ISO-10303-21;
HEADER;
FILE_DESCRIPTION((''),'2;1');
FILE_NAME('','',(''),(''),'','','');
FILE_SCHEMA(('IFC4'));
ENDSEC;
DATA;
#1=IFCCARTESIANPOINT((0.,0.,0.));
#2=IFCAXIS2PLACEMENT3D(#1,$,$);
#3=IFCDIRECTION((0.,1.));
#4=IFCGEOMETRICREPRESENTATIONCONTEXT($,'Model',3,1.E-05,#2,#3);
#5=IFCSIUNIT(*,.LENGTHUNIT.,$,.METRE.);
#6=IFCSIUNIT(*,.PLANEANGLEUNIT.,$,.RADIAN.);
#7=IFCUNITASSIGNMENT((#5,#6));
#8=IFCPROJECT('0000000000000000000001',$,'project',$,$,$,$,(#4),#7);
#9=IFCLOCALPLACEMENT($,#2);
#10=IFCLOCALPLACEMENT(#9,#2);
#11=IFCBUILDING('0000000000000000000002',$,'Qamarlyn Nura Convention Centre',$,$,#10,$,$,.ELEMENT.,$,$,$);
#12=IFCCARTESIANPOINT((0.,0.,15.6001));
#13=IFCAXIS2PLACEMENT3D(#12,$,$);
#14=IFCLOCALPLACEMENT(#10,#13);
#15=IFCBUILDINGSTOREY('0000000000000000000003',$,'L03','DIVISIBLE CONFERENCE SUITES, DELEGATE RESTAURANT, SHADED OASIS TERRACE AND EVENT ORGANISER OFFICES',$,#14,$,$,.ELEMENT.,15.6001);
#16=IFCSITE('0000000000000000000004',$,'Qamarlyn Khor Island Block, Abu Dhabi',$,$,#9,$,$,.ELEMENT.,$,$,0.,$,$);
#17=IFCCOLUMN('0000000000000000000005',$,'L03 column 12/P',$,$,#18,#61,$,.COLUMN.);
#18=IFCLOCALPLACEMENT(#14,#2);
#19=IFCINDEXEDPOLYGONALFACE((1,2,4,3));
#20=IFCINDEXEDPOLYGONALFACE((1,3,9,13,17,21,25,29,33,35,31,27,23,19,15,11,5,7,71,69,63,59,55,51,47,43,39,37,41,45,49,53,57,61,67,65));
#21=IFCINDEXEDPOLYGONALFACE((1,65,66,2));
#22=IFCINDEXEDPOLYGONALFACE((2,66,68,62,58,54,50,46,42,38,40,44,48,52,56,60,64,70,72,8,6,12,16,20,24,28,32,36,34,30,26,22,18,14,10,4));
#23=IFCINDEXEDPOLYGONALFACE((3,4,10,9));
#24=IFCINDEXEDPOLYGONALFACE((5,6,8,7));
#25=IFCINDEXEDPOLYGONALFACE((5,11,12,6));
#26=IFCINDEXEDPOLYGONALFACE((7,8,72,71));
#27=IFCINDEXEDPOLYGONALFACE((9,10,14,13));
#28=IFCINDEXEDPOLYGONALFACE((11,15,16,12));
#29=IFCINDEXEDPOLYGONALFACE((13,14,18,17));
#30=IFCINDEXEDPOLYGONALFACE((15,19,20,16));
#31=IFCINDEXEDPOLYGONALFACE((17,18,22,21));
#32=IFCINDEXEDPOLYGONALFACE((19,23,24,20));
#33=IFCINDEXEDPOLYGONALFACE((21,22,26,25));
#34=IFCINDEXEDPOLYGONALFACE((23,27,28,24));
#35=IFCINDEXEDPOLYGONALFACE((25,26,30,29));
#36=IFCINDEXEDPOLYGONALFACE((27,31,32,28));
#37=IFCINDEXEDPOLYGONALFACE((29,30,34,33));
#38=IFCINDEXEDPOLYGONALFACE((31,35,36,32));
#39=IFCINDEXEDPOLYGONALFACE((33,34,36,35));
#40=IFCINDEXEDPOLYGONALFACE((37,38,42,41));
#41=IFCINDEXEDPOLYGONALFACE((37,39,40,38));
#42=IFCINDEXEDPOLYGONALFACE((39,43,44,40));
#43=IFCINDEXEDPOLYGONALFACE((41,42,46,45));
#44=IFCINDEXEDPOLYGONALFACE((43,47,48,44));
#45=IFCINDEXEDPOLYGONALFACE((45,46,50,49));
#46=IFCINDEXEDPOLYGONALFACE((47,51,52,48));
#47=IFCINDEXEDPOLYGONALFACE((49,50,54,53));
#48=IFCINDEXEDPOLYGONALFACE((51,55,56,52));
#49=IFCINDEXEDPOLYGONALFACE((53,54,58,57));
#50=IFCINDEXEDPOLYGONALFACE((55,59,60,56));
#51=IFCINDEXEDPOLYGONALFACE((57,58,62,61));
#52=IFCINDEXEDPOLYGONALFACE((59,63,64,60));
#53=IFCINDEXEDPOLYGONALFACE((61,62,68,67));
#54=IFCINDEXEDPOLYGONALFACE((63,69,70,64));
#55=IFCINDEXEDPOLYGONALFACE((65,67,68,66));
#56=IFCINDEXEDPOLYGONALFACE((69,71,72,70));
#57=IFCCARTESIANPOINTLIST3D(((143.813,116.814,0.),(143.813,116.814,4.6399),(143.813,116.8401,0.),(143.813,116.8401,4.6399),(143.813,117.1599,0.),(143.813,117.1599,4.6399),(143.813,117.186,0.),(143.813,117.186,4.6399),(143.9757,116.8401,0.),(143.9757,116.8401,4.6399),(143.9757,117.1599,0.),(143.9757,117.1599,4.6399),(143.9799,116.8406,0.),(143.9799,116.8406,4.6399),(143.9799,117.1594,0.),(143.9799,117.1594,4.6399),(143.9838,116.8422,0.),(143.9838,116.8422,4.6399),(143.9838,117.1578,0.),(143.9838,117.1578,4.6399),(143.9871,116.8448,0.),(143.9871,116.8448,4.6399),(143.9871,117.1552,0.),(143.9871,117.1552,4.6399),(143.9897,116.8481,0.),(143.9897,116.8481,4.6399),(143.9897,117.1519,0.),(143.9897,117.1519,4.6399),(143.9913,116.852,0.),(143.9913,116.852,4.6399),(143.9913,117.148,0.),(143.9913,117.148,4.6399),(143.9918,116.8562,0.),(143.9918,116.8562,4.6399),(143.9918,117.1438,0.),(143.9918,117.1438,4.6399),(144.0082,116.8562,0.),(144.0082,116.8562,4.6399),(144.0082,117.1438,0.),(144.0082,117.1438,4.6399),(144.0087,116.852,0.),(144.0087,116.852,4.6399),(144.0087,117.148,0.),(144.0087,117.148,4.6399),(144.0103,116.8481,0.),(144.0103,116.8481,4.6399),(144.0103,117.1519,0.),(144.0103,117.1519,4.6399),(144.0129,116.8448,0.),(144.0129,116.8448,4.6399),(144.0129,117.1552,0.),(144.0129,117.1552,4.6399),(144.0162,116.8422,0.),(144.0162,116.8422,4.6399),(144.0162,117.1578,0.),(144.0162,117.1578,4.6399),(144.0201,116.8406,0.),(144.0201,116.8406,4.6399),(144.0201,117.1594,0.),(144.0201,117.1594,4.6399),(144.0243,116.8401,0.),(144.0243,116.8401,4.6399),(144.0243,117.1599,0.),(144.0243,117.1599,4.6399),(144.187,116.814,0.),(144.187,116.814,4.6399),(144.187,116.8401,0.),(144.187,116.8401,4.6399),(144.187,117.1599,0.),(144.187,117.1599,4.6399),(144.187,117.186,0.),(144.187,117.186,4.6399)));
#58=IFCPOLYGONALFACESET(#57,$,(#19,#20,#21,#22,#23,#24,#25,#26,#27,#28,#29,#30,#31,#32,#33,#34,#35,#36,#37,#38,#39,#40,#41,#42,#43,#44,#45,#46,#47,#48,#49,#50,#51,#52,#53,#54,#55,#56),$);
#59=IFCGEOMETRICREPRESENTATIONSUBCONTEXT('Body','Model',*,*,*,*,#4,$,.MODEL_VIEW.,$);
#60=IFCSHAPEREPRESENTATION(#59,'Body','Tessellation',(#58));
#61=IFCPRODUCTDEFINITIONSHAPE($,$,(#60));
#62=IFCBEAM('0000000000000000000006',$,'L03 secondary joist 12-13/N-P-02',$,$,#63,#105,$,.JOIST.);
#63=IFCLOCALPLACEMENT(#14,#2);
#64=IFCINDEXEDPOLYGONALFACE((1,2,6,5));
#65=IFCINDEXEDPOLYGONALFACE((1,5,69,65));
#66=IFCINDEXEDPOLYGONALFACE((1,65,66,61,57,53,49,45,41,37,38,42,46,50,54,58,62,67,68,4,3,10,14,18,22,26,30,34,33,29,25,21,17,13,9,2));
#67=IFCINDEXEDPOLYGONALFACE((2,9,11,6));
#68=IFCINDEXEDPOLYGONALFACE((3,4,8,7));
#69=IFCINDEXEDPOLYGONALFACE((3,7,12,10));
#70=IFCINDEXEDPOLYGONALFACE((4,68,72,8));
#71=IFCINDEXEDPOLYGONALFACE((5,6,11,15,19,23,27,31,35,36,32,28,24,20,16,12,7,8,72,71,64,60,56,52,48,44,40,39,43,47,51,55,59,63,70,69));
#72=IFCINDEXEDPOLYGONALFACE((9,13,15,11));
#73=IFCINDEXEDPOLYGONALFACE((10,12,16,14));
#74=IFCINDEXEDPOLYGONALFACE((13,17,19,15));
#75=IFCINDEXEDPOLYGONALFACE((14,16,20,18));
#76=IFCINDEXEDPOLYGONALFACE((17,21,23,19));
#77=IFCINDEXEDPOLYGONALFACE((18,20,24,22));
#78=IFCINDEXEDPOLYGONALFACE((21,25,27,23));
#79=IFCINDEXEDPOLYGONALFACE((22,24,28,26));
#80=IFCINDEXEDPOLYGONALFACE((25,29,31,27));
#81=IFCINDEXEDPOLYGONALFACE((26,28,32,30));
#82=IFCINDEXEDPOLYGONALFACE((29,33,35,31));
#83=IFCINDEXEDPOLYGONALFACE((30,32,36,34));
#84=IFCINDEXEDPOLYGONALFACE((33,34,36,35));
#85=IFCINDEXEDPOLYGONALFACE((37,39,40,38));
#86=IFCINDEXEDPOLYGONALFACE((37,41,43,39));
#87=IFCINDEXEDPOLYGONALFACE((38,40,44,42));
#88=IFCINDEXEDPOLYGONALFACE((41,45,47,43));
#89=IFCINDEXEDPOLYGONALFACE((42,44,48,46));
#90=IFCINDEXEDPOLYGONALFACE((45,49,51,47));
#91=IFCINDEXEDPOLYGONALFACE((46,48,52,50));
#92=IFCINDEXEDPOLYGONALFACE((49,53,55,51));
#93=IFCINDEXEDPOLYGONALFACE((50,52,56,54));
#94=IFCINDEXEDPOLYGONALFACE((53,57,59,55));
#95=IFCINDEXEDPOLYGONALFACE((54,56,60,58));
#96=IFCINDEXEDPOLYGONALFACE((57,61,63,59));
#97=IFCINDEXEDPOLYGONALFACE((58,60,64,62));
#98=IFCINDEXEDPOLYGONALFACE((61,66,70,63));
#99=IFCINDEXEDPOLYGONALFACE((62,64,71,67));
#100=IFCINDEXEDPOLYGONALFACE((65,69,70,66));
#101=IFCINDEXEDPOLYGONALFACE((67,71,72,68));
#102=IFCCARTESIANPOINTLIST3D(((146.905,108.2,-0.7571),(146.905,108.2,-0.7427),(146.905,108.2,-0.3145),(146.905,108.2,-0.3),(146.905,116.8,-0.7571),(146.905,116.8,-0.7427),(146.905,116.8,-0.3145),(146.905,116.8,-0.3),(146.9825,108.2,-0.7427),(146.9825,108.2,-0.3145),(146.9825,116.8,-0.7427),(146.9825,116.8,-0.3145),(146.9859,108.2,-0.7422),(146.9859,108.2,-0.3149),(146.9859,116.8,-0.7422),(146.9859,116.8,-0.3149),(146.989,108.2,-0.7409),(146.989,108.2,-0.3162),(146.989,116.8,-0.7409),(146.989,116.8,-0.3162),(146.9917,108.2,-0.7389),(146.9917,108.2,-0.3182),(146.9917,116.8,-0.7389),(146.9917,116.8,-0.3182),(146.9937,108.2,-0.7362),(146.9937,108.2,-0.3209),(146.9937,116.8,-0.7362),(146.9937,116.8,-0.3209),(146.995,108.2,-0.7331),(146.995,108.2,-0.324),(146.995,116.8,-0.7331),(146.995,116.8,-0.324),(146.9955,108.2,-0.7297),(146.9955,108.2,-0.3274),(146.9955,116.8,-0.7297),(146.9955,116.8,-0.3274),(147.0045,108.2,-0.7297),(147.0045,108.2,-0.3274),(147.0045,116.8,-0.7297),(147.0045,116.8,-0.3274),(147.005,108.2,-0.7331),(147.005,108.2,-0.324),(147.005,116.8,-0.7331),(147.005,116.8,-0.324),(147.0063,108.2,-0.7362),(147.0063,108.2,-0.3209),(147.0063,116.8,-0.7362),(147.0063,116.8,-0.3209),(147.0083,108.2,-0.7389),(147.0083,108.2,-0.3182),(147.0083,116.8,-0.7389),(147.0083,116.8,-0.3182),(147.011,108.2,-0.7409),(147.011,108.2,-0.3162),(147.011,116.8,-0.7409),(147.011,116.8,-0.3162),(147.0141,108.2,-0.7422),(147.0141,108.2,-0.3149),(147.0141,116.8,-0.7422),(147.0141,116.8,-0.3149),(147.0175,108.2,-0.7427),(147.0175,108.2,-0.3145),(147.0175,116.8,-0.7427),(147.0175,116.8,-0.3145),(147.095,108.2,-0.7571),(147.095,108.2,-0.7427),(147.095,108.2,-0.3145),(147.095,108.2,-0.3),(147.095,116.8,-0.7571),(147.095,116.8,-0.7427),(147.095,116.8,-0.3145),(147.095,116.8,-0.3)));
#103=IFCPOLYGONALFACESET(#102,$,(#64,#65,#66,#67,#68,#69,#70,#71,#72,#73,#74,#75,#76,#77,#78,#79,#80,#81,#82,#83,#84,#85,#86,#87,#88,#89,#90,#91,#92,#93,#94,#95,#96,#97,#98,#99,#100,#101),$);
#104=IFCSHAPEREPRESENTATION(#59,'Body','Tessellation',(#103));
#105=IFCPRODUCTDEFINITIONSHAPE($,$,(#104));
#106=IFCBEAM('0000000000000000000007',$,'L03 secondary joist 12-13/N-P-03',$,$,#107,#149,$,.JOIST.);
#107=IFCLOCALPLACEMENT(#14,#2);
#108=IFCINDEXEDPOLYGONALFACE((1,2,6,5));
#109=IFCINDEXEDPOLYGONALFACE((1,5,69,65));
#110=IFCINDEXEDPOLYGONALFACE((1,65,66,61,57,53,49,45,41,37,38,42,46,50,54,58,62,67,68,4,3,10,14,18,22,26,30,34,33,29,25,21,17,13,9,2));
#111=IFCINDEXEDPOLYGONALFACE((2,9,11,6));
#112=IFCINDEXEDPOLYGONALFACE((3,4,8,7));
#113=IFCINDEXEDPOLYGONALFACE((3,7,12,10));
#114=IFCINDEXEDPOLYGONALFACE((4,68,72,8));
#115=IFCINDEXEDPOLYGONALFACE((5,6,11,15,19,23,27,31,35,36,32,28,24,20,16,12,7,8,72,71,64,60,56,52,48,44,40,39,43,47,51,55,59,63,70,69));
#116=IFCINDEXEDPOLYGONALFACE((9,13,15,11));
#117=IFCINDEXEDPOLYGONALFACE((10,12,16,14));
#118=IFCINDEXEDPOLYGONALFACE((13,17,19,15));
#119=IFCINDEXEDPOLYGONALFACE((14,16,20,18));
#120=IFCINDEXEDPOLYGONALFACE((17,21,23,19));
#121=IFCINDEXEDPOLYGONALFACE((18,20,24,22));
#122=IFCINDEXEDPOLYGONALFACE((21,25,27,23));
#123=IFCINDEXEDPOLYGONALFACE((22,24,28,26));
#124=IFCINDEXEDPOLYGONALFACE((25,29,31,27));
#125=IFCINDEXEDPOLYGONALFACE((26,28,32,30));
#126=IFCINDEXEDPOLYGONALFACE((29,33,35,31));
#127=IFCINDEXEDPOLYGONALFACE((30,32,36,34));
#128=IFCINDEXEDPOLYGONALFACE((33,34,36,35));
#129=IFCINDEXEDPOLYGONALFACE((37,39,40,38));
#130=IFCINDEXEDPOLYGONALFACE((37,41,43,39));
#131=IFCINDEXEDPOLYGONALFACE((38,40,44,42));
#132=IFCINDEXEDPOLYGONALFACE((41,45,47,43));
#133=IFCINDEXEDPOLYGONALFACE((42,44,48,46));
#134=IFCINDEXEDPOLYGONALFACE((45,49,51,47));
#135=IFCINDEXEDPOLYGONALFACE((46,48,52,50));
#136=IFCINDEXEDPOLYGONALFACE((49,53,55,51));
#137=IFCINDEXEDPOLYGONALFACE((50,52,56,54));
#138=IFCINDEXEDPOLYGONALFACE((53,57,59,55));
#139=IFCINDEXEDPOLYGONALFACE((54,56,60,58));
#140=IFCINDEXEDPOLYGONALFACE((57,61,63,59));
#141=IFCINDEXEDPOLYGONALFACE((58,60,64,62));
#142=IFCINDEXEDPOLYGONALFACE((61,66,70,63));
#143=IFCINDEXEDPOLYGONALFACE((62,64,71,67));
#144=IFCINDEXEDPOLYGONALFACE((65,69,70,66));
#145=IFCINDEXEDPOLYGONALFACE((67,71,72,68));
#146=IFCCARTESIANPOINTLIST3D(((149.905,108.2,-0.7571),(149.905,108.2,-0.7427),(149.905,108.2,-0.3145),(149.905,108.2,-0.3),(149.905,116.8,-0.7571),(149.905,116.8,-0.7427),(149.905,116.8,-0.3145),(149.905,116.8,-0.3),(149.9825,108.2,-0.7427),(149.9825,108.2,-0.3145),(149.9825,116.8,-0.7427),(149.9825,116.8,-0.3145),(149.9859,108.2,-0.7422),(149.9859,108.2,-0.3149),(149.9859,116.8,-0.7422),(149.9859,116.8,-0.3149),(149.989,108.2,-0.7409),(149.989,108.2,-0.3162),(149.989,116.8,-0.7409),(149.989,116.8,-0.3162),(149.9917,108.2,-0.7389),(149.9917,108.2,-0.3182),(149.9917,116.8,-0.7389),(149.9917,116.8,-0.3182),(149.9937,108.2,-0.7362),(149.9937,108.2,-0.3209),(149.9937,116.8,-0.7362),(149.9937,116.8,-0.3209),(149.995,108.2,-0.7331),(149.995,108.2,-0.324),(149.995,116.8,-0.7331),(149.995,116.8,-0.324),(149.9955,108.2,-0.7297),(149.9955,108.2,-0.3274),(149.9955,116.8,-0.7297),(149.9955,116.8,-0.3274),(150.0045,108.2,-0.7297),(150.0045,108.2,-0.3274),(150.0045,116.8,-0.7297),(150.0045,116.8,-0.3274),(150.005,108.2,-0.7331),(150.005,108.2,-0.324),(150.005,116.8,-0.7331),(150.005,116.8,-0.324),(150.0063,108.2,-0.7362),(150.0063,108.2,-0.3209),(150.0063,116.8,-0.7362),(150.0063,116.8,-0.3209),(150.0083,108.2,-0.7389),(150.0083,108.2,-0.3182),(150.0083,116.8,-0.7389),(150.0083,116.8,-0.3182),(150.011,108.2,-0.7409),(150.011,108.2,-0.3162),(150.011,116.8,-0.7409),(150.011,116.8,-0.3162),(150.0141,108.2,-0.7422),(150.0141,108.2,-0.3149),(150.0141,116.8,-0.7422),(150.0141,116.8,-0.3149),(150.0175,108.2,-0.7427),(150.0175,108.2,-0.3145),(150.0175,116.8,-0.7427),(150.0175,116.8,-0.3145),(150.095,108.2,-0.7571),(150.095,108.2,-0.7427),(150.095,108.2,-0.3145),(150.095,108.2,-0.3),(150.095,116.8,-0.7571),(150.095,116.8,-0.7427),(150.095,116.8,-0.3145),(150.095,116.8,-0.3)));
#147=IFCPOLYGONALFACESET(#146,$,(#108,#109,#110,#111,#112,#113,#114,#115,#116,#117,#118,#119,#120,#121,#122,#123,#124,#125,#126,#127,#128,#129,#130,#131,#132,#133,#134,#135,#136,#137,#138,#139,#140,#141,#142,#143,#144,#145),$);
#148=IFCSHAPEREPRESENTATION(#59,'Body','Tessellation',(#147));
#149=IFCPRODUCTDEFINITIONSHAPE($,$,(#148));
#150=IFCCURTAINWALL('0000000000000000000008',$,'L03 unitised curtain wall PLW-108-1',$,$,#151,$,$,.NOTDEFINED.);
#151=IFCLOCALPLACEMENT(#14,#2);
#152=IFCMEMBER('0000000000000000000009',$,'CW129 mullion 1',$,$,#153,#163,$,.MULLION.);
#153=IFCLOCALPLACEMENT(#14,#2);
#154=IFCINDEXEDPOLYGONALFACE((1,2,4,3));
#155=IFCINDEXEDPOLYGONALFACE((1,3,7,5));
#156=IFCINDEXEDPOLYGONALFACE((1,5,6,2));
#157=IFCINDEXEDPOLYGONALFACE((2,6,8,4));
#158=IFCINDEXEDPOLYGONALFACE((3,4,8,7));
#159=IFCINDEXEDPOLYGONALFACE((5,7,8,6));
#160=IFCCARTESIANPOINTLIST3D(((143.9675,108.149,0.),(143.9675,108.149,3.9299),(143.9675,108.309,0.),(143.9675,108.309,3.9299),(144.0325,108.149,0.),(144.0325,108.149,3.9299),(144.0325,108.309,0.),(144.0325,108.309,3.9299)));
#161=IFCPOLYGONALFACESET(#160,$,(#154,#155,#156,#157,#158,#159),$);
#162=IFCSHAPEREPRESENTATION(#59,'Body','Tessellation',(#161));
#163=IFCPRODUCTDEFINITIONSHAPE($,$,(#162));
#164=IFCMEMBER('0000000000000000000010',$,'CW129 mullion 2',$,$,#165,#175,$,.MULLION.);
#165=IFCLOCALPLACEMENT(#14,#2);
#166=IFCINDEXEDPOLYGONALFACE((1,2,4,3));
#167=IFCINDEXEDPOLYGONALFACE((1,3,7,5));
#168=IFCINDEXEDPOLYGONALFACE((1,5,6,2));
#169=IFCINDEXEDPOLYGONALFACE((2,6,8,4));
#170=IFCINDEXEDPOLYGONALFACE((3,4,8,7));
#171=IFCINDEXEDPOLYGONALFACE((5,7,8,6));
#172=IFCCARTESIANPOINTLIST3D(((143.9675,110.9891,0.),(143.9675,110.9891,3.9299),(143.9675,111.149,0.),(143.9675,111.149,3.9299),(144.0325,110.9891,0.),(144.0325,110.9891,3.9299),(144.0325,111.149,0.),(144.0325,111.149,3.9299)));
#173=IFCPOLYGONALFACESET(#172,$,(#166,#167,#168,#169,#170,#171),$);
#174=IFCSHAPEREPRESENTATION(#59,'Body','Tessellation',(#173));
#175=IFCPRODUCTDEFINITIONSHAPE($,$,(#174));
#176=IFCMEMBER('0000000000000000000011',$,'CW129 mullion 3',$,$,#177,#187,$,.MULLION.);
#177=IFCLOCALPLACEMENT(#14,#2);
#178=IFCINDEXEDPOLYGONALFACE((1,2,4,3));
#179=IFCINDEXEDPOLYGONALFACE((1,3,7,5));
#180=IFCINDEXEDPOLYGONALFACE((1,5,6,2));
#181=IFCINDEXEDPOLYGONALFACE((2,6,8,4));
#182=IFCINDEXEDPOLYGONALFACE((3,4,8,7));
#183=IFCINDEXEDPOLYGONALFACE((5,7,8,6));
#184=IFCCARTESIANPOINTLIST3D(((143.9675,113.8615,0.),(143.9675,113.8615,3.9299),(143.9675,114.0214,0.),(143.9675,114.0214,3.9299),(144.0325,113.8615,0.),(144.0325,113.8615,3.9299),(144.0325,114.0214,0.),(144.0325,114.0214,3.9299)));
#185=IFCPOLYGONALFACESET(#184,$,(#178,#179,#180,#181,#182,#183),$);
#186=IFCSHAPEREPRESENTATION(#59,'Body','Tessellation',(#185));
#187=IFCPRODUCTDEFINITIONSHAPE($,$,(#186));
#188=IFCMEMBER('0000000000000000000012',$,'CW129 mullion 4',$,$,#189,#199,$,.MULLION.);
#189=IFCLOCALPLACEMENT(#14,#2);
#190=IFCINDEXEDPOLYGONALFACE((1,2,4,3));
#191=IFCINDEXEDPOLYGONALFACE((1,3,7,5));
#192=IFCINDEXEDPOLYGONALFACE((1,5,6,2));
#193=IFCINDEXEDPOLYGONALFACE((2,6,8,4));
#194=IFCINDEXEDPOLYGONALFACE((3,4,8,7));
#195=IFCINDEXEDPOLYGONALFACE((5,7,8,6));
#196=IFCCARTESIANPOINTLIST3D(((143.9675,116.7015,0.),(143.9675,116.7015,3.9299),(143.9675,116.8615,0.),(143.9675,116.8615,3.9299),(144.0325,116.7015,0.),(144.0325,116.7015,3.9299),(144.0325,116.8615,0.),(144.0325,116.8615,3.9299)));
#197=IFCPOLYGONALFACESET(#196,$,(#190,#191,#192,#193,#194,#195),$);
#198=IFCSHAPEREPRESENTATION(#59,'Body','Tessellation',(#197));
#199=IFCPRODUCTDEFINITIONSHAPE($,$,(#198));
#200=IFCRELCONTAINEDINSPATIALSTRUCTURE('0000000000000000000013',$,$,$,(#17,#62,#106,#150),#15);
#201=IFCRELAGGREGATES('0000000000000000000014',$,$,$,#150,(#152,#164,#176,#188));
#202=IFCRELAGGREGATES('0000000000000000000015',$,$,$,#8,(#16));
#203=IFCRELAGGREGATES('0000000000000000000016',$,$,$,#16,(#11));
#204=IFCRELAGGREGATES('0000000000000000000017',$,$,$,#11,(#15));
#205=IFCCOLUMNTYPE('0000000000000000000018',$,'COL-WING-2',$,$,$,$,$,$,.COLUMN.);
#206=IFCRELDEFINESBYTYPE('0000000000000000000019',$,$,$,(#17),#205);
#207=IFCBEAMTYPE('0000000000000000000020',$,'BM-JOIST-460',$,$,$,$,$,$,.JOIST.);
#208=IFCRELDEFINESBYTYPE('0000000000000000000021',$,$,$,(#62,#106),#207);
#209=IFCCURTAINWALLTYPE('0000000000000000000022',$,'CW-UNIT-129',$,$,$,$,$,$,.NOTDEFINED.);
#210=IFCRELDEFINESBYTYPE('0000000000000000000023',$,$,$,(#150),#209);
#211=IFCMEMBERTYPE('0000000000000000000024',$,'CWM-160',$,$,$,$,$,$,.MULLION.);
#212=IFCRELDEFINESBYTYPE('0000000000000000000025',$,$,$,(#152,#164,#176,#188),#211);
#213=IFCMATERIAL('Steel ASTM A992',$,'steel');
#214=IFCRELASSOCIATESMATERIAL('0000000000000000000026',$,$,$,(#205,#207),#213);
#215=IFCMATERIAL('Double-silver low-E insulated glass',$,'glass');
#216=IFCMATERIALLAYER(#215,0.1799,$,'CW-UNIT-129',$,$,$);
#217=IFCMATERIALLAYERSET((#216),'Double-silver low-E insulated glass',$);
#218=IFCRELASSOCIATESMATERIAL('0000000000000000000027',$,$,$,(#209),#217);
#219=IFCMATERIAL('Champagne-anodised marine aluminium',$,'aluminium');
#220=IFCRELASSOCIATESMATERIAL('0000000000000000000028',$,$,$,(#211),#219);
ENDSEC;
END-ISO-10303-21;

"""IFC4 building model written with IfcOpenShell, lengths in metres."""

from ifc_helpers import new_model, si_unit, direction, frame, origin, origin_2d, place, context, subcontext, project, spatial, rectangle, i_section, extrude, material, layer, layer_set, material_profile, profile_set, type_object, element, aggregate, save


model = new_model("IFC4")

# Units and contexts
model_context = context("Model", 3, precision=1e-05, world=origin(), true_north=direction((0.0, 1.0)))
body_context = subcontext(model_context, "Body", "Model", "MODEL_VIEW")
ifc_project = project(units=[si_unit("LENGTHUNIT", "METRE"), si_unit("PLANEANGLEUNIT", "RADIAN")], contexts=[model_context])

# Site, building, storey
site_placement = place(None, origin())
site = spatial("IfcSite", under=ifc_project, at=site_placement, Name="Qamarlyn Khor Island Block, Abu Dhabi", CompositionType="ELEMENT", RefElevation=0.0)
building_placement = place(site_placement, origin())
building = spatial("IfcBuilding", under=site, at=building_placement, Name="Qamarlyn Nura Convention Centre", CompositionType="ELEMENT")
storey_placement = place(building_placement, frame((0.0, 0.0, 15.6001)))
storey = spatial("IfcBuildingStorey", under=building, at=storey_placement, Name="L03", Description="DIVISIBLE CONFERENCE SUITES, DELEGATE RESTAURANT, SHADED OASIS TERRACE AND EVENT ORGANISER OFFICES", CompositionType="ELEMENT", Elevation=15.6001)

# Column
ifc_material_1 = material(Name="Steel ASTM A992", Category="steel")
ifc_material_profile_1 = material_profile(ifc_material_1, i_section(OverallWidth=0.374, OverallDepth=0.3721, WebThickness=0.0164, FlangeThickness=0.0261, FilletRadius=0.0161, at=origin_2d()), Name="W360X196")
ifc_profile_set_1 = profile_set([ifc_material_profile_1], Name="Steel ASTM A992")
column_type = type_object("IfcColumnType", Name="COL-WING-2", PredefinedType="COLUMN", material=ifc_profile_set_1)
column_placement = place(storey_placement, frame((144.0, 117.0, 0.0), z_axis=(0.0, 0.0, 1.0), x_axis=(1.0, 0.0, 0.0)))
element("IfcColumn", 1, at=column_placement, inside=storey, type_object=column_type, Name="L03 column 12/P", PredefinedType="COLUMN", context=body_context, shape_type="SweptSolid", body=[
    extrude(i_section(OverallWidth=0.374, OverallDepth=0.3721, WebThickness=0.0164, FlangeThickness=0.0261, FilletRadius=0.0161, at=origin_2d()), origin(), (0.0, 0.0, 1.0), 4.6399),
])

# Beams
ifc_material_profile_2 = material_profile(ifc_material_1, i_section(OverallWidth=0.1899, OverallDepth=0.457, WebThickness=0.009, FlangeThickness=0.0144, FilletRadius=0.0129, at=origin_2d()), Name="W460X74")
ifc_profile_set_2 = profile_set([ifc_material_profile_2], Name="Steel ASTM A992")
beam_type = type_object("IfcBeamType", Name="BM-JOIST-460", PredefinedType="JOIST", material=ifc_profile_set_2)
for number, where, z_axis, x_axis, name in (
    (2, (147.0, 108.2, -0.5286), (0.0, 1.0, 0.0), (-1.0, 0.0, 0.0), "L03 secondary joist 12-13/N-P-02"),
    (3, (150.0, 108.2, -0.5286), (0.0, 1.0, 0.0), (-1.0, 0.0, 0.0), "L03 secondary joist 12-13/N-P-03"),
):
    element("IfcBeam", number, at=place(storey_placement, frame(where, z_axis=z_axis, x_axis=x_axis)), inside=storey, type_object=beam_type, Name=name, PredefinedType="JOIST", context=body_context, shape_type="SweptSolid", body=[
        extrude(i_section(OverallWidth=0.1899, OverallDepth=0.457, WebThickness=0.009, FlangeThickness=0.0144, FilletRadius=0.0129, at=origin_2d()), origin(), (0.0, 0.0, 1.0), 8.6001),
    ])

# Curtain wall, members
ifc_material_2 = material(Name="Double-silver low-E insulated glass", Category="glass")
ifc_layer_1 = layer(ifc_material_2, 0.1799, Name="CW-UNIT-129")
ifc_layer_set_1 = layer_set([ifc_layer_1], Name="Double-silver low-E insulated glass")
curtain_wall_type = type_object("IfcCurtainWallType", Name="CW-UNIT-129", PredefinedType="NOTDEFINED", material=ifc_layer_set_1)
curtain_wall_placement = place(storey_placement, origin())
curtain_wall = element("IfcCurtainWall", 4, at=curtain_wall_placement, inside=storey, type_object=curtain_wall_type, Name="L03 unitised curtain wall PLW-108-1", PredefinedType="NOTDEFINED")
ifc_material_3 = material(Name="Champagne-anodised marine aluminium", Category="aluminium")
ifc_material_profile_3 = material_profile(ifc_material_3, rectangle(XDim=0.0649, YDim=0.1599, at=origin_2d()), Name="ALU MULLION 65x160")
ifc_profile_set_3 = profile_set([ifc_material_profile_3], Name="Champagne-anodised marine aluminium")
member_type_1 = type_object("IfcMemberType", Name="CWM-160", PredefinedType="MULLION", material=ifc_profile_set_3)
member_1_placement = place(storey_placement, frame((144.0, 108.229, 0.0), z_axis=(0.0, 0.0, 1.0), x_axis=(-1.0, 0.0, 0.0)))
member_1 = element("IfcMember", 5, at=member_1_placement, type_object=member_type_1, Name="CW129 mullion 1", PredefinedType="MULLION", context=body_context, shape_type="SweptSolid", body=[
    extrude(rectangle(XDim=0.0649, YDim=0.1599, at=origin_2d()), origin(), (0.0, 0.0, 1.0), 3.9299),
])
member_2_placement = place(storey_placement, frame((144.0, 111.0691, 0.0), z_axis=(0.0, 0.0, 1.0), x_axis=(-1.0, 0.0, 0.0)))
member_2 = element("IfcMember", 6, at=member_2_placement, type_object=member_type_1, Name="CW129 mullion 2", PredefinedType="MULLION", context=body_context, shape_type="SweptSolid", body=[
    extrude(rectangle(XDim=0.0649, YDim=0.1599, at=origin_2d()), origin(), (0.0, 0.0, 1.0), 3.9299),
])
member_3_placement = place(storey_placement, frame((144.0, 113.9414, 0.0), z_axis=(0.0, 0.0, 1.0), x_axis=(-1.0, 0.0, 0.0)))
member_3 = element("IfcMember", 7, at=member_3_placement, type_object=member_type_1, Name="CW129 mullion 3", PredefinedType="MULLION", context=body_context, shape_type="SweptSolid", body=[
    extrude(rectangle(XDim=0.0649, YDim=0.1599, at=origin_2d()), origin(), (0.0, 0.0, 1.0), 3.9299),
])
member_4_placement = place(storey_placement, frame((144.0, 116.7815, 0.0), z_axis=(0.0, 0.0, 1.0), x_axis=(-1.0, 0.0, 0.0)))
member_4 = element("IfcMember", 8, at=member_4_placement, type_object=member_type_1, Name="CW129 mullion 4", PredefinedType="MULLION", context=body_context, shape_type="SweptSolid", body=[
    extrude(rectangle(XDim=0.0649, YDim=0.1599, at=origin_2d()), origin(), (0.0, 0.0, 1.0), 3.9299),
])
aggregate(curtain_wall, [member_1, member_2, member_3, member_4])

save(model, "model.ifc")
